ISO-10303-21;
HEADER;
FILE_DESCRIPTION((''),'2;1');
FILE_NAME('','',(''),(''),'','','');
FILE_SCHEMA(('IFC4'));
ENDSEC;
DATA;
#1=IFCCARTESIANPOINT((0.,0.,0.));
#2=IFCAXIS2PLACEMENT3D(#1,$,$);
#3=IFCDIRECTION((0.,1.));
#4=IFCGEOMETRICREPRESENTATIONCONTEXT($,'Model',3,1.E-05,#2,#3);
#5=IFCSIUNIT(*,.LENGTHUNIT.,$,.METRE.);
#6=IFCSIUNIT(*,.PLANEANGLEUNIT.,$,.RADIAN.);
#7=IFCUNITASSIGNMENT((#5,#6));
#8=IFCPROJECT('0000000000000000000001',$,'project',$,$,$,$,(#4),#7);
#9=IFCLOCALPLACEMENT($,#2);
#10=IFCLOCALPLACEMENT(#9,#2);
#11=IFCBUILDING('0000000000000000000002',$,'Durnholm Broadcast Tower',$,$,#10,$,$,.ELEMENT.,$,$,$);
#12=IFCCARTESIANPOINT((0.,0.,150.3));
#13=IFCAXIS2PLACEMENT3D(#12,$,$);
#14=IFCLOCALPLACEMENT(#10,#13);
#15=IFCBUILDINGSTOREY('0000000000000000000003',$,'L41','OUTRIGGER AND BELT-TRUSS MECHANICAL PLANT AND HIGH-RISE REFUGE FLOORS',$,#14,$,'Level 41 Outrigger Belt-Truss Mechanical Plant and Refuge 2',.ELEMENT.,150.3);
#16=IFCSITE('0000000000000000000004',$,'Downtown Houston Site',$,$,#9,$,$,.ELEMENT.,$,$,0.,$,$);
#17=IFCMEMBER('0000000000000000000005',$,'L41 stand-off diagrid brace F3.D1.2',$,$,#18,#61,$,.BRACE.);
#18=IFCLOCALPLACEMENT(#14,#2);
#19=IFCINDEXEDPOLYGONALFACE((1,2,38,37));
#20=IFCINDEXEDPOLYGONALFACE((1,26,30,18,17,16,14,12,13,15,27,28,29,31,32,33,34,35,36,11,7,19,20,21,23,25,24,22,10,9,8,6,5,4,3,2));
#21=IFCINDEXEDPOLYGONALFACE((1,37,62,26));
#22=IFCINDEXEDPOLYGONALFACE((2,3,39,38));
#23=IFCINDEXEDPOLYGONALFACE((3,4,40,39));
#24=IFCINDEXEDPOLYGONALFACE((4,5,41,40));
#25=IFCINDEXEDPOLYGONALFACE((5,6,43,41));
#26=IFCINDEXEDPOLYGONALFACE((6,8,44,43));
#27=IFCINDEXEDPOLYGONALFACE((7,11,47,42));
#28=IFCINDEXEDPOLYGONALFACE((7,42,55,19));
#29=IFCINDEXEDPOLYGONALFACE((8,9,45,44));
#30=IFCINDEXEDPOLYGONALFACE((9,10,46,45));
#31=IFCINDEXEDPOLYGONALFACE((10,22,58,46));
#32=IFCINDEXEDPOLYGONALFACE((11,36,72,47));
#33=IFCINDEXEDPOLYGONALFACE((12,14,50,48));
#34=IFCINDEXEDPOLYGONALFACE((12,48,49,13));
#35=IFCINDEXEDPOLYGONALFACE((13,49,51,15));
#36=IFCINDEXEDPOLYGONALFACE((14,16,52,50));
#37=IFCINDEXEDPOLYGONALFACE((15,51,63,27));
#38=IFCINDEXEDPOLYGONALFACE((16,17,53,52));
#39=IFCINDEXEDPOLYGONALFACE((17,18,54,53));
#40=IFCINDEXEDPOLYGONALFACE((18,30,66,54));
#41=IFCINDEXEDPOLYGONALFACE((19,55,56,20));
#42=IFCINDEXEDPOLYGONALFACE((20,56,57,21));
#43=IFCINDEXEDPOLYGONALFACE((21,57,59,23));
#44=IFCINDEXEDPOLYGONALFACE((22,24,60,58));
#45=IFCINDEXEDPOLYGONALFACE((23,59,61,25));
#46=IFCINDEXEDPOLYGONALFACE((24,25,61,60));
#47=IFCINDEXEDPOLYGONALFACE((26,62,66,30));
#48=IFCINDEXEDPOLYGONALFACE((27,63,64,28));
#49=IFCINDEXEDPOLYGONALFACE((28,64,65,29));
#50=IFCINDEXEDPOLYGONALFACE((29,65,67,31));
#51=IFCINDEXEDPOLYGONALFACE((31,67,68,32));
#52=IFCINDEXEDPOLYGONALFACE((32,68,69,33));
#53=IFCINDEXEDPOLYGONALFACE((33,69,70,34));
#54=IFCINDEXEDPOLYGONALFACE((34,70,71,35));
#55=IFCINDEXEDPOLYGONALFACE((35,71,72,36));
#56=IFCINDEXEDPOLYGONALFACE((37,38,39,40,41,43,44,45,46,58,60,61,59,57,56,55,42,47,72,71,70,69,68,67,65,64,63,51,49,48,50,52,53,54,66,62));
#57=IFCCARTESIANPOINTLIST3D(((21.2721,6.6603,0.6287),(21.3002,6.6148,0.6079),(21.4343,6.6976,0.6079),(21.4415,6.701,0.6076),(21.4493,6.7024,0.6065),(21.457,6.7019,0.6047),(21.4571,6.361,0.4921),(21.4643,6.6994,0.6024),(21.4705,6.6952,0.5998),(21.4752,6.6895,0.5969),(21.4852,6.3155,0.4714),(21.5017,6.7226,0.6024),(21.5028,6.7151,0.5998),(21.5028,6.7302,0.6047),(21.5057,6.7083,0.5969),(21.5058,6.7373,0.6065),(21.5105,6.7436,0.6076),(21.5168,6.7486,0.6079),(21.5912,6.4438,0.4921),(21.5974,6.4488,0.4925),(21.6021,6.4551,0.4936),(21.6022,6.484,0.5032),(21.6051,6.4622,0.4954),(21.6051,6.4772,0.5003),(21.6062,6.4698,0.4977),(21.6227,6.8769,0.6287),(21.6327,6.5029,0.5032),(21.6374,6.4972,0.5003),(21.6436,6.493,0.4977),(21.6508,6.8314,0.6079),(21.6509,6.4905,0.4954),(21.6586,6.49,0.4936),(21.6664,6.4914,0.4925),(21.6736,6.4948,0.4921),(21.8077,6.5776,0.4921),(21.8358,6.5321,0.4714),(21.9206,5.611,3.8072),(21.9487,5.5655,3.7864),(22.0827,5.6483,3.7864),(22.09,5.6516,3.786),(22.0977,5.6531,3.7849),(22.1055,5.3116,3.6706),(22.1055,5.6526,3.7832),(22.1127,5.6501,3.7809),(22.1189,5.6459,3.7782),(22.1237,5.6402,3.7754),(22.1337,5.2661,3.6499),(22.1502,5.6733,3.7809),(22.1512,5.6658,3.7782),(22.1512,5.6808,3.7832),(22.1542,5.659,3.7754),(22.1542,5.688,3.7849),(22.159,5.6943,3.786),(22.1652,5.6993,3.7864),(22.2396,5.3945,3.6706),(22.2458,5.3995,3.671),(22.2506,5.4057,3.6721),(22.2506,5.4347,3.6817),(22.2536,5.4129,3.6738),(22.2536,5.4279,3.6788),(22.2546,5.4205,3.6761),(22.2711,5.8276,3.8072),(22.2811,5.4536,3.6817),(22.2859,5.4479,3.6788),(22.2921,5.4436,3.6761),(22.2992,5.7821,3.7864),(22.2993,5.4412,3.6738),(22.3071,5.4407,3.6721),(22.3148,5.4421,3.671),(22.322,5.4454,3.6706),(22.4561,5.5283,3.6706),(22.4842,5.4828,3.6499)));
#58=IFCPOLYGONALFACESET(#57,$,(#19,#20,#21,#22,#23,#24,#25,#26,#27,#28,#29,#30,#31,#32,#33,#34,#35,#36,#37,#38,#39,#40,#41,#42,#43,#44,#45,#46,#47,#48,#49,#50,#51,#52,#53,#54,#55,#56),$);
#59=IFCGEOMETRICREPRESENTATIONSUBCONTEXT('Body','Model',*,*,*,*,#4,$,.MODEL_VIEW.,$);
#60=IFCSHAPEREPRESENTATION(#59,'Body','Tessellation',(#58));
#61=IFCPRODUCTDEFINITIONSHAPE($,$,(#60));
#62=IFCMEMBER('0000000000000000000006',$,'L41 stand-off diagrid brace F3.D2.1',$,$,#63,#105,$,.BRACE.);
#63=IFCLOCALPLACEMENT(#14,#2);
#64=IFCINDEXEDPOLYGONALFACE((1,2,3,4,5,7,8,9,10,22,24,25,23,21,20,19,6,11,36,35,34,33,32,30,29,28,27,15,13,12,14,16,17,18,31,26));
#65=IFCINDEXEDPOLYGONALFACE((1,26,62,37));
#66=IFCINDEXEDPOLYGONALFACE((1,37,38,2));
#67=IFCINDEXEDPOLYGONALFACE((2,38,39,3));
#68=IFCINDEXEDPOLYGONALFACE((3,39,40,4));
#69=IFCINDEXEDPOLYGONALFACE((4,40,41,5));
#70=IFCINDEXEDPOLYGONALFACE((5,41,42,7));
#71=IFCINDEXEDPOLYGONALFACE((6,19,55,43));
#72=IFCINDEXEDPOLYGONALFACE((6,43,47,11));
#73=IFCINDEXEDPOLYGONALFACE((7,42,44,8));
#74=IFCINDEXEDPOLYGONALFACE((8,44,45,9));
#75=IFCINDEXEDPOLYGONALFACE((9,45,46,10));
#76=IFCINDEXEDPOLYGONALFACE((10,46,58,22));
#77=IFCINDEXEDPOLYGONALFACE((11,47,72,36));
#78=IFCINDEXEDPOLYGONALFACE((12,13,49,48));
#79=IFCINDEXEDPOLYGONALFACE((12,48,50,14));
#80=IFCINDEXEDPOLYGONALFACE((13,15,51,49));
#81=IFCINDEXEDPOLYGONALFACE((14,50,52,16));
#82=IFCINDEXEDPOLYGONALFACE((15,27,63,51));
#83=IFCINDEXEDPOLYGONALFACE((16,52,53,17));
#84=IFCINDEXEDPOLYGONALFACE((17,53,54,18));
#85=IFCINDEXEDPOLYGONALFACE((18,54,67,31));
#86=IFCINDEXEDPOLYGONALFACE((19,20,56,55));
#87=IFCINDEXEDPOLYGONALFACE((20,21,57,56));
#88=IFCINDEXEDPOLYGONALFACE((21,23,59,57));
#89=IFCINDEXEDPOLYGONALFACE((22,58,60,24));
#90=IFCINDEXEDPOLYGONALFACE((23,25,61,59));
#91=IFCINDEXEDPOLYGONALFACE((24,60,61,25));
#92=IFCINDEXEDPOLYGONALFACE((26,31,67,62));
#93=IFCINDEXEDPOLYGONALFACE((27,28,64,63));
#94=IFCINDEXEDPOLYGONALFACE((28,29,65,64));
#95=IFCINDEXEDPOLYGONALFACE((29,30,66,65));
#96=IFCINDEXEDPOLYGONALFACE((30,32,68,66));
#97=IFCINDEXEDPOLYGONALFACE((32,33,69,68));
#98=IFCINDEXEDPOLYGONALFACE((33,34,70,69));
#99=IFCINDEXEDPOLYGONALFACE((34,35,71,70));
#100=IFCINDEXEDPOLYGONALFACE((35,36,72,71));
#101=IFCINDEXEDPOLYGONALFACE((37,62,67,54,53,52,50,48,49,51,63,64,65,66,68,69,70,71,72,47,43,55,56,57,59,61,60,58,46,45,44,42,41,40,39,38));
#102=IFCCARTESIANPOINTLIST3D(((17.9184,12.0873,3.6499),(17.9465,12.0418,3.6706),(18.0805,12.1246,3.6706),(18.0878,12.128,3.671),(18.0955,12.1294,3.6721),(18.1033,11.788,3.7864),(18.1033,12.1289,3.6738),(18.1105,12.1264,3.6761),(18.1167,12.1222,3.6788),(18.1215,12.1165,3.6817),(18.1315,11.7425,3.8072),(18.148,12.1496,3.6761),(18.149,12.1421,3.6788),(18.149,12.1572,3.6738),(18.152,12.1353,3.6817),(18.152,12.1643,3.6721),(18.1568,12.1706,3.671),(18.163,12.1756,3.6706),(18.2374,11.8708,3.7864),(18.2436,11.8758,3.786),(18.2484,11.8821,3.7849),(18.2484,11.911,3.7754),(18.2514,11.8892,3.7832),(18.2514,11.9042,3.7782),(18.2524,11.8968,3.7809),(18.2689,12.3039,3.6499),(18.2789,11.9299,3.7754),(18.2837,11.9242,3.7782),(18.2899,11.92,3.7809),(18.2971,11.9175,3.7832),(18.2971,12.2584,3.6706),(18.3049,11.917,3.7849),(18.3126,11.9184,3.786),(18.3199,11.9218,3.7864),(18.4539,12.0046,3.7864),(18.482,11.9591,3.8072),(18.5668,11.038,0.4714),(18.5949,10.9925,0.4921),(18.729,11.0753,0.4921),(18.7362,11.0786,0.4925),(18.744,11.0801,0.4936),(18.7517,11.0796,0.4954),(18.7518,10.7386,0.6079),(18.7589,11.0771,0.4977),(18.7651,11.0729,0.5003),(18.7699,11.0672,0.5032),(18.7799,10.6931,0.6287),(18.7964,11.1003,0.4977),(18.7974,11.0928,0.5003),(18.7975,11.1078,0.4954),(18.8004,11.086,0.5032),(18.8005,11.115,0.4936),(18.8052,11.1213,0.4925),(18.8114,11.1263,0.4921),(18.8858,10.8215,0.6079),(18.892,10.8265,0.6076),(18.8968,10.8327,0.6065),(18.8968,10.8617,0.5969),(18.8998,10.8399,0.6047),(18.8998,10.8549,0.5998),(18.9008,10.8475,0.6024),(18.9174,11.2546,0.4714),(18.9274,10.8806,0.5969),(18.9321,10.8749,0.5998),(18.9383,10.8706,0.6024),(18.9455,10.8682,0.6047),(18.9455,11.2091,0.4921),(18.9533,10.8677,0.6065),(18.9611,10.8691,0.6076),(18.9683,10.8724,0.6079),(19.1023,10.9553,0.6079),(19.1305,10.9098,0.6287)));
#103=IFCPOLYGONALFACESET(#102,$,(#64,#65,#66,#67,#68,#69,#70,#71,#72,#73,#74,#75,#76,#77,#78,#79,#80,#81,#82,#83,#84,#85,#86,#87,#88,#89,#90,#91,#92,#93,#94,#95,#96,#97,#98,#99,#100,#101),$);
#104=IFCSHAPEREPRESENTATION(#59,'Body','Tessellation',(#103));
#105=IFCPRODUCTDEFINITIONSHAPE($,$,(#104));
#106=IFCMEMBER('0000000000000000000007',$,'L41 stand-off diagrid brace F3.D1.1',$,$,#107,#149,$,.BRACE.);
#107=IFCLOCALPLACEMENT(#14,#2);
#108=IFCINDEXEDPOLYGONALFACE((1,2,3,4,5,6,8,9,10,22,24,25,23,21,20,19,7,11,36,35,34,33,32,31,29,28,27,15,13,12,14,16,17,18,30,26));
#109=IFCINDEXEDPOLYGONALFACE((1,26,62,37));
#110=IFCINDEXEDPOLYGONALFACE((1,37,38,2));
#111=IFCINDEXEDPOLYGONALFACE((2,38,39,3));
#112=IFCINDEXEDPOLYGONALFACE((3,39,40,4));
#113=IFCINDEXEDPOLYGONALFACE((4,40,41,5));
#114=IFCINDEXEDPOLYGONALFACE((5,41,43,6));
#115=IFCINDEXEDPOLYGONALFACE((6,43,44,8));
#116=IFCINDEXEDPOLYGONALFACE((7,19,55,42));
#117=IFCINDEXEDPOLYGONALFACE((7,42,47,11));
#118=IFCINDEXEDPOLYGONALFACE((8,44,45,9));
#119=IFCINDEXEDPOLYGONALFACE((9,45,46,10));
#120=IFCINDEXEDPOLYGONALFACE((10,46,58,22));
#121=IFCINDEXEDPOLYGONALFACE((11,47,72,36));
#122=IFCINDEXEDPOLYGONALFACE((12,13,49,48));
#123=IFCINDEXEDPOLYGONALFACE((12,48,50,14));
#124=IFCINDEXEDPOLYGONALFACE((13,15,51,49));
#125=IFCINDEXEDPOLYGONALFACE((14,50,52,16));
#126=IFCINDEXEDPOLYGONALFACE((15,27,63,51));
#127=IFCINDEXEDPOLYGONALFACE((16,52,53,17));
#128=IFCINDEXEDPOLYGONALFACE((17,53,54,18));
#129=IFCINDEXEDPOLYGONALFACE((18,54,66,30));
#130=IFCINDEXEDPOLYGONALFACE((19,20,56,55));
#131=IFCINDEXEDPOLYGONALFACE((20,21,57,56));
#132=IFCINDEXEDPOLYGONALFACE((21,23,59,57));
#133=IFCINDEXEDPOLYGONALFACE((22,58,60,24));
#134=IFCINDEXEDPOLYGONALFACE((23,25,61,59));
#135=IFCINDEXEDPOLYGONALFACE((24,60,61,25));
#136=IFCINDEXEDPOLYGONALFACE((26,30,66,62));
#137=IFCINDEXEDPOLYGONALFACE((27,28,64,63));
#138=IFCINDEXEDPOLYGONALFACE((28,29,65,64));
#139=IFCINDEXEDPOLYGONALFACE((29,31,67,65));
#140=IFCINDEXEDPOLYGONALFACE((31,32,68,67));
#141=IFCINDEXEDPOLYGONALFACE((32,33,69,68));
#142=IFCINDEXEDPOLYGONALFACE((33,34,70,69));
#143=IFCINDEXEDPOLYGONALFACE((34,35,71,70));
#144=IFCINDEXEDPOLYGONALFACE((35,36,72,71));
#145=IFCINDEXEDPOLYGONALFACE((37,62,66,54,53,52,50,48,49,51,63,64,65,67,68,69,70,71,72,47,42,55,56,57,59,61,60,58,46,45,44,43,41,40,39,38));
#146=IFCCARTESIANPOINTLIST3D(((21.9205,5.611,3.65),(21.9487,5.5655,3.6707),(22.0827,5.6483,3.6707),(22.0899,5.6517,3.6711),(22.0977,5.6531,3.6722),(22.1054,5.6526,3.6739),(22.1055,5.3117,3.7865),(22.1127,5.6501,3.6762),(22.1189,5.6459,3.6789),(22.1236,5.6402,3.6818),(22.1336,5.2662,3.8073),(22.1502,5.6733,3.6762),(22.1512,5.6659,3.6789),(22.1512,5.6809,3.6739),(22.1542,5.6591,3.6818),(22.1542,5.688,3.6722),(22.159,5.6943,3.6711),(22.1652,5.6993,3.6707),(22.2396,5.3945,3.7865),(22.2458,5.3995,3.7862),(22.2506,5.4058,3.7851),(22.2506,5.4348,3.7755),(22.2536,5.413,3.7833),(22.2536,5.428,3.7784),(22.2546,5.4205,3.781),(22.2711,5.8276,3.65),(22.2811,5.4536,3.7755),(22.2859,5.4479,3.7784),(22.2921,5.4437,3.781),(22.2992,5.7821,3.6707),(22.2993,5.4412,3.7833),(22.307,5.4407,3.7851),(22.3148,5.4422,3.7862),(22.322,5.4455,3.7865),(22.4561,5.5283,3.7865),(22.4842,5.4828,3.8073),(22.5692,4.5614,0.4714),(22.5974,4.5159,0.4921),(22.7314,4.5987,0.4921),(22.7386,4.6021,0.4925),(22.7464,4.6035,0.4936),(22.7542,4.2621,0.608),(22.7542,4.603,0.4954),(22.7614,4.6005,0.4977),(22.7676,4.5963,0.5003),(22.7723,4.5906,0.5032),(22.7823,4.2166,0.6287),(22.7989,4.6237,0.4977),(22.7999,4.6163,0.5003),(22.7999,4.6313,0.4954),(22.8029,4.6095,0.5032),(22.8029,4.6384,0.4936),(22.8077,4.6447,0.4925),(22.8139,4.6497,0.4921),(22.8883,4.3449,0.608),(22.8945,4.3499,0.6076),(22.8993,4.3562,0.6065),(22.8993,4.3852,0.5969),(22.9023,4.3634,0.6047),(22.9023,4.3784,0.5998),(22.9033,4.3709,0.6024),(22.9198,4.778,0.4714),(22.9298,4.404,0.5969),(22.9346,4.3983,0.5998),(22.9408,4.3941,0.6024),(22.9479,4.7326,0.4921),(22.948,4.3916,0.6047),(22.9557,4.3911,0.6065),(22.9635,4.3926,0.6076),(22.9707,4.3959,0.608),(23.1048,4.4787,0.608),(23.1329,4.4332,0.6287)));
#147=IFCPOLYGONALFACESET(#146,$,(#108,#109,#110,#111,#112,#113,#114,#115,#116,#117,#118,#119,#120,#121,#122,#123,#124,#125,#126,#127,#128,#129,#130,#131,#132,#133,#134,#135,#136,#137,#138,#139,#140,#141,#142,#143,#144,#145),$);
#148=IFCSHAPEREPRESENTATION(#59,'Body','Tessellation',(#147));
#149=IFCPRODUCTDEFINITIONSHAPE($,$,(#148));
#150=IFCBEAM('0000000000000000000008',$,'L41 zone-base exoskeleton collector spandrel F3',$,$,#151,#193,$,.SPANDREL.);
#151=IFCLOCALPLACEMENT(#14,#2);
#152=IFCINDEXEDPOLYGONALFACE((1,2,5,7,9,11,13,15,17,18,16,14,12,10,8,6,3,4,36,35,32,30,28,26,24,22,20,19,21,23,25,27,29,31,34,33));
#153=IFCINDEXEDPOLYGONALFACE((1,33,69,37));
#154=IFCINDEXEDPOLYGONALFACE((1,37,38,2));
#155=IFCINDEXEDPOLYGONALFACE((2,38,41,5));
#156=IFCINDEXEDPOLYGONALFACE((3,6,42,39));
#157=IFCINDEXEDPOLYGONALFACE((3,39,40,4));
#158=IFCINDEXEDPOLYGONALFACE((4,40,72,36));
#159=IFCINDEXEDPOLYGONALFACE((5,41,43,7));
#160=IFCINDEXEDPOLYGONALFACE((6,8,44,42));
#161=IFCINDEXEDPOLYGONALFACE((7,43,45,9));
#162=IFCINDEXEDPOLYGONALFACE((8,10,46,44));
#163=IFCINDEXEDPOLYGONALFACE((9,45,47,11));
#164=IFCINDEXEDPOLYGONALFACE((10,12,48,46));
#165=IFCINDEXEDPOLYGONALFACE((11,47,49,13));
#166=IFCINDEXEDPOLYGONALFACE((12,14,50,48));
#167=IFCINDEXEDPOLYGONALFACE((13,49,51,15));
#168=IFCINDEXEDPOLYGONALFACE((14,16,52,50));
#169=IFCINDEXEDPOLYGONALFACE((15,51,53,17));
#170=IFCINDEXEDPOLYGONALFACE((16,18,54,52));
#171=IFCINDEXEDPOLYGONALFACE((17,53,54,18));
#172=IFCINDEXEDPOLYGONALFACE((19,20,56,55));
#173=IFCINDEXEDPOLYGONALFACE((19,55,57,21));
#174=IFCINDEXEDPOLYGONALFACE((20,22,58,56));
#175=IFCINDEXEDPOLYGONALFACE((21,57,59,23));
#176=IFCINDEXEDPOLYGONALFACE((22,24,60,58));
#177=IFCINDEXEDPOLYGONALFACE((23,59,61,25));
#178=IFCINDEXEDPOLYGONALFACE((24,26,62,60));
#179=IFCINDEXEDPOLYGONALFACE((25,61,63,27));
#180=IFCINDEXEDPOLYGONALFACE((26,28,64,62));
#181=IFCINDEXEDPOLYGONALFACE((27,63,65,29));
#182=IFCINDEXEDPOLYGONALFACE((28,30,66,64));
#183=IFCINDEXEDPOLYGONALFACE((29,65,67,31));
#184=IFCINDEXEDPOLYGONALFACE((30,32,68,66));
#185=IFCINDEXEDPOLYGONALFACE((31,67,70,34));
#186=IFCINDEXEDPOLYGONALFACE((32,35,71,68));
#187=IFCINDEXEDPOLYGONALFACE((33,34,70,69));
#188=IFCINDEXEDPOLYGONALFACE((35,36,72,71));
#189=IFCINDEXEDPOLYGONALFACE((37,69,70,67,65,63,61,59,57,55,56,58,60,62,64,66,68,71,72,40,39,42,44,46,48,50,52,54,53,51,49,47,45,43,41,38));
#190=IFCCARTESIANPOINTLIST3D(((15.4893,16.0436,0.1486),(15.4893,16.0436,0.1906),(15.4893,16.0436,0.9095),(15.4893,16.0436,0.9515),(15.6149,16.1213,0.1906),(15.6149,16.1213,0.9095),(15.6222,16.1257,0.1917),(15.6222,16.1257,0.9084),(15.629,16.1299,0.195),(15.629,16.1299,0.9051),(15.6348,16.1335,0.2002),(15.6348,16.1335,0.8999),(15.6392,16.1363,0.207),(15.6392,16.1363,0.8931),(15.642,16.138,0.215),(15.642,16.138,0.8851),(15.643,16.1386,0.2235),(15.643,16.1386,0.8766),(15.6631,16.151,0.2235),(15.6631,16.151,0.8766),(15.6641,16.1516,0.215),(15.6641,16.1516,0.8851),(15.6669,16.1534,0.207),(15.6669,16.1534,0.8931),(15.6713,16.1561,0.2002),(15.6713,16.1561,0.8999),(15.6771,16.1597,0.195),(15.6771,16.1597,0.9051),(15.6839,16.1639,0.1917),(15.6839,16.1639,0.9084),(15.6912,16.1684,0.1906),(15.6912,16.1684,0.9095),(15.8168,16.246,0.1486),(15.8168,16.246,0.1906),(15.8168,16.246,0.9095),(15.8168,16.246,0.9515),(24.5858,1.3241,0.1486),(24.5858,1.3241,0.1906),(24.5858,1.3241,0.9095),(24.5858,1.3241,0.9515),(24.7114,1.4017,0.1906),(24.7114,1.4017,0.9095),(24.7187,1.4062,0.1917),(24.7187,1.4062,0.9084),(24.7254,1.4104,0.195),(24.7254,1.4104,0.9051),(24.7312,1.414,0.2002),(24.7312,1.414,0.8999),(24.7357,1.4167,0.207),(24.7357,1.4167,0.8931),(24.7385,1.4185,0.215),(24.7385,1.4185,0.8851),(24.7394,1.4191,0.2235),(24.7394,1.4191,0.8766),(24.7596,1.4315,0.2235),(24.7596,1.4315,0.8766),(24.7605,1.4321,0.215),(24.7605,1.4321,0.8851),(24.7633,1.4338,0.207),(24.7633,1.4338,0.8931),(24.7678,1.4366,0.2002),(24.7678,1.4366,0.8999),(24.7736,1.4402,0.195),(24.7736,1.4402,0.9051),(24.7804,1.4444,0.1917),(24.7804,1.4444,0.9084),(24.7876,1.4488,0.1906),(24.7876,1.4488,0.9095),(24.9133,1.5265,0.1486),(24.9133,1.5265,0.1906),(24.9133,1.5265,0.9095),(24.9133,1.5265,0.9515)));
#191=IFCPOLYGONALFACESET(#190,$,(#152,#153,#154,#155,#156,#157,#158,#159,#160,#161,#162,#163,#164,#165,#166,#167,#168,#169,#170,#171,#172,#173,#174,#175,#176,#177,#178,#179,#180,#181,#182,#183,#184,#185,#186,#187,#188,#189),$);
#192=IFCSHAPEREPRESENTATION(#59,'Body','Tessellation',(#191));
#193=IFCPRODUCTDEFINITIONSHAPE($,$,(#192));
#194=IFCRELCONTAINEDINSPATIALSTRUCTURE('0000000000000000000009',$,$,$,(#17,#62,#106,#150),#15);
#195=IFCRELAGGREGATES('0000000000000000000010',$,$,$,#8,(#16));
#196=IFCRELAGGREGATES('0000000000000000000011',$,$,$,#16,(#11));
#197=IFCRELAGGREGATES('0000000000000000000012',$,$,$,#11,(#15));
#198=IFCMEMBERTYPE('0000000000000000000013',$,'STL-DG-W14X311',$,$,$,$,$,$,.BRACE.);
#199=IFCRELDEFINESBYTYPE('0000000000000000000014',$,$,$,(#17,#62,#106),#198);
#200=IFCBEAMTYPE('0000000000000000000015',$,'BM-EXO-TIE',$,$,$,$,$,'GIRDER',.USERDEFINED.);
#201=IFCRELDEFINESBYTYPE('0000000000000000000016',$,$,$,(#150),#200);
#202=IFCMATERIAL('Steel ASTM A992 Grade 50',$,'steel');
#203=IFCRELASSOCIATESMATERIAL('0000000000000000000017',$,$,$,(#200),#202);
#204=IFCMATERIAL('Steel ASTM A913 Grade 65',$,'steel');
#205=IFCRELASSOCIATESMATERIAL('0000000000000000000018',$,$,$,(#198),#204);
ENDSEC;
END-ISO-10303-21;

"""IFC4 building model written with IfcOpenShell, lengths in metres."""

from ifc_helpers import new_model, si_unit, direction, frame, origin, origin_2d, place, context, subcontext, project, spatial, i_section, extrude, source, transform, mapped, material, material_profile, profile_set, type_object, type_shapes, element, save


model = new_model("IFC4")

# Units and contexts
model_context = context("Model", 3, precision=1e-05, world=origin(), true_north=direction((0.0, 1.0)))
body_context = subcontext(model_context, "Body", "Model", "MODEL_VIEW")
ifc_project = project(units=[si_unit("LENGTHUNIT", "METRE"), si_unit("PLANEANGLEUNIT", "RADIAN")], contexts=[model_context])

# Site, building, storey
site_placement = place(None, origin())
site = spatial("IfcSite", under=ifc_project, at=site_placement, Name="Downtown Houston Site", CompositionType="ELEMENT", RefElevation=0.0)
building_placement = place(site_placement, origin())
building = spatial("IfcBuilding", under=site, at=building_placement, Name="Durnholm Broadcast Tower", CompositionType="ELEMENT")
storey_placement = place(building_placement, frame((0.0, 0.0, 150.3)))
storey = spatial("IfcBuildingStorey", under=building, at=storey_placement, Name="L41", Description="OUTRIGGER AND BELT-TRUSS MECHANICAL PLANT AND HIGH-RISE REFUGE FLOORS", LongName="Level 41 Outrigger Belt-Truss Mechanical Plant and Refuge 2", CompositionType="ELEMENT", Elevation=150.3)

# Shared definitions
ifc_material_1 = material(Name="Steel ASTM A992 Grade 50", Category="steel")
ifc_material_profile_1 = material_profile(ifc_material_1, i_section(OverallWidth=0.385, OverallDepth=0.803, WebThickness=0.0237, FlangeThickness=0.042, FilletRadius=0.033, at=origin_2d()), Name="W30X261")
ifc_profile_set_1 = profile_set([ifc_material_profile_1], Name="Steel ASTM A992 Grade 50")
beam_type = type_object("IfcBeamType", Name="BM-EXO-TIE", ElementType="GIRDER", PredefinedType="USERDEFINED", material=ifc_profile_set_1)

# Members
ifc_material_2 = material(Name="Steel ASTM A913 Grade 65", Category="steel")
ifc_material_profile_2 = material_profile(ifc_material_2, i_section(OverallWidth=0.4121, OverallDepth=0.4348, WebThickness=0.0359, FlangeThickness=0.0574, FilletRadius=0.0305, at=origin_2d()), Name="W14X311")
ifc_profile_set_2 = profile_set([ifc_material_profile_2], Name="Steel ASTM A913 Grade 65")
member_type_1 = type_object("IfcMemberType", Name="STL-DG-W14X311", PredefinedType="BRACE", material=ifc_profile_set_2)
shared_shape_1 = source(origin(), body_context, "Body", "SweptSolid", [
    extrude(i_section(OverallWidth=0.4121, OverallDepth=0.4348, WebThickness=0.0359, FlangeThickness=0.0574, FilletRadius=0.0305, at=origin_2d()), origin(), (0.0, 0.0, 1.0), 3.4094),
])
for number, where, z_axis, x_axis, name in (
    (1, (21.554, 6.5962, 0.55), (0.19019, -0.307769, 0.932259), (0.850678, 0.525687, 0.0), "L41 stand-off diagrid brace F3.D1.2"),
    (2, (18.8486, 10.9739, 0.55), (-0.19019, 0.307769, 0.932259), (-0.850678, -0.525687, 0.0), "L41 stand-off diagrid brace F3.D2.1"),
):
    element("IfcMember", number, at=place(storey_placement, frame(where, z_axis=z_axis, x_axis=x_axis)), inside=storey, type_object=member_type_1, Name=name, PredefinedType="BRACE", context=body_context, shape_type="MappedRepresentation", body=[
        mapped(shared_shape_1, transform((0.0, 0.0, 0.0), x_axis=(1.0, 0.0, 0.0), y_axis=(0.0, 1.0, 0.0), z_axis=(0.0, 0.0, 1.0), scale=1.0)),
    ])
shared_shape_2 = source(origin(), body_context, "Body", "SweptSolid", [
    extrude(i_section(OverallWidth=0.4121, OverallDepth=0.4348, WebThickness=0.0359, FlangeThickness=0.0574, FilletRadius=0.0305, at=origin_2d()), origin(), (0.0, 0.0, 1.0), 3.4097),
])
type_shapes(member_type_1, [shared_shape_1, shared_shape_2])
member_1_placement = place(storey_placement, frame((22.8511, 4.4973, 0.55), z_axis=(-0.190254, 0.30783, 0.932225), x_axis=(-0.850644, -0.525741, 0.0)))
element("IfcMember", 3, at=member_1_placement, inside=storey, type_object=member_type_1, Name="L41 stand-off diagrid brace F3.D1.1", PredefinedType="BRACE", context=body_context, shape_type="MappedRepresentation", body=[
    mapped(shared_shape_2, transform((0.0, 0.0, 0.0), x_axis=(1.0, 0.0, 0.0), y_axis=(0.0, 1.0, 0.0), z_axis=(0.0, 0.0, 1.0), scale=1.0)),
])

# Beam
shared_shape_3 = source(origin(), body_context, "Body", "SweptSolid", [
    extrude(i_section(OverallWidth=0.385, OverallDepth=0.803, WebThickness=0.0237, FlangeThickness=0.042, FilletRadius=0.033, at=origin_2d()), origin(), (0.0, 0.0, 1.0), 17.3035),
])
for number, where, z_axis, x_axis, name in (
    (4, (24.7495, 1.4253, 0.55), (-0.525702, 0.850669, 0.0), (-0.850669, -0.525702, 0.0), "L41 zone-base exoskeleton collector spandrel F3"),
):
    element("IfcBeam", number, at=place(storey_placement, frame(where, z_axis=z_axis, x_axis=x_axis)), inside=storey, type_object=beam_type, Name=name, PredefinedType="SPANDREL", context=body_context, shape_type="MappedRepresentation", body=[
        mapped(shared_shape_3, transform((0.0, 0.0, 0.0), x_axis=(1.0, 0.0, 0.0), y_axis=(0.0, 1.0, 0.0), z_axis=(0.0, 0.0, 1.0), scale=1.0)),
    ])

save(model, "model.ifc")
